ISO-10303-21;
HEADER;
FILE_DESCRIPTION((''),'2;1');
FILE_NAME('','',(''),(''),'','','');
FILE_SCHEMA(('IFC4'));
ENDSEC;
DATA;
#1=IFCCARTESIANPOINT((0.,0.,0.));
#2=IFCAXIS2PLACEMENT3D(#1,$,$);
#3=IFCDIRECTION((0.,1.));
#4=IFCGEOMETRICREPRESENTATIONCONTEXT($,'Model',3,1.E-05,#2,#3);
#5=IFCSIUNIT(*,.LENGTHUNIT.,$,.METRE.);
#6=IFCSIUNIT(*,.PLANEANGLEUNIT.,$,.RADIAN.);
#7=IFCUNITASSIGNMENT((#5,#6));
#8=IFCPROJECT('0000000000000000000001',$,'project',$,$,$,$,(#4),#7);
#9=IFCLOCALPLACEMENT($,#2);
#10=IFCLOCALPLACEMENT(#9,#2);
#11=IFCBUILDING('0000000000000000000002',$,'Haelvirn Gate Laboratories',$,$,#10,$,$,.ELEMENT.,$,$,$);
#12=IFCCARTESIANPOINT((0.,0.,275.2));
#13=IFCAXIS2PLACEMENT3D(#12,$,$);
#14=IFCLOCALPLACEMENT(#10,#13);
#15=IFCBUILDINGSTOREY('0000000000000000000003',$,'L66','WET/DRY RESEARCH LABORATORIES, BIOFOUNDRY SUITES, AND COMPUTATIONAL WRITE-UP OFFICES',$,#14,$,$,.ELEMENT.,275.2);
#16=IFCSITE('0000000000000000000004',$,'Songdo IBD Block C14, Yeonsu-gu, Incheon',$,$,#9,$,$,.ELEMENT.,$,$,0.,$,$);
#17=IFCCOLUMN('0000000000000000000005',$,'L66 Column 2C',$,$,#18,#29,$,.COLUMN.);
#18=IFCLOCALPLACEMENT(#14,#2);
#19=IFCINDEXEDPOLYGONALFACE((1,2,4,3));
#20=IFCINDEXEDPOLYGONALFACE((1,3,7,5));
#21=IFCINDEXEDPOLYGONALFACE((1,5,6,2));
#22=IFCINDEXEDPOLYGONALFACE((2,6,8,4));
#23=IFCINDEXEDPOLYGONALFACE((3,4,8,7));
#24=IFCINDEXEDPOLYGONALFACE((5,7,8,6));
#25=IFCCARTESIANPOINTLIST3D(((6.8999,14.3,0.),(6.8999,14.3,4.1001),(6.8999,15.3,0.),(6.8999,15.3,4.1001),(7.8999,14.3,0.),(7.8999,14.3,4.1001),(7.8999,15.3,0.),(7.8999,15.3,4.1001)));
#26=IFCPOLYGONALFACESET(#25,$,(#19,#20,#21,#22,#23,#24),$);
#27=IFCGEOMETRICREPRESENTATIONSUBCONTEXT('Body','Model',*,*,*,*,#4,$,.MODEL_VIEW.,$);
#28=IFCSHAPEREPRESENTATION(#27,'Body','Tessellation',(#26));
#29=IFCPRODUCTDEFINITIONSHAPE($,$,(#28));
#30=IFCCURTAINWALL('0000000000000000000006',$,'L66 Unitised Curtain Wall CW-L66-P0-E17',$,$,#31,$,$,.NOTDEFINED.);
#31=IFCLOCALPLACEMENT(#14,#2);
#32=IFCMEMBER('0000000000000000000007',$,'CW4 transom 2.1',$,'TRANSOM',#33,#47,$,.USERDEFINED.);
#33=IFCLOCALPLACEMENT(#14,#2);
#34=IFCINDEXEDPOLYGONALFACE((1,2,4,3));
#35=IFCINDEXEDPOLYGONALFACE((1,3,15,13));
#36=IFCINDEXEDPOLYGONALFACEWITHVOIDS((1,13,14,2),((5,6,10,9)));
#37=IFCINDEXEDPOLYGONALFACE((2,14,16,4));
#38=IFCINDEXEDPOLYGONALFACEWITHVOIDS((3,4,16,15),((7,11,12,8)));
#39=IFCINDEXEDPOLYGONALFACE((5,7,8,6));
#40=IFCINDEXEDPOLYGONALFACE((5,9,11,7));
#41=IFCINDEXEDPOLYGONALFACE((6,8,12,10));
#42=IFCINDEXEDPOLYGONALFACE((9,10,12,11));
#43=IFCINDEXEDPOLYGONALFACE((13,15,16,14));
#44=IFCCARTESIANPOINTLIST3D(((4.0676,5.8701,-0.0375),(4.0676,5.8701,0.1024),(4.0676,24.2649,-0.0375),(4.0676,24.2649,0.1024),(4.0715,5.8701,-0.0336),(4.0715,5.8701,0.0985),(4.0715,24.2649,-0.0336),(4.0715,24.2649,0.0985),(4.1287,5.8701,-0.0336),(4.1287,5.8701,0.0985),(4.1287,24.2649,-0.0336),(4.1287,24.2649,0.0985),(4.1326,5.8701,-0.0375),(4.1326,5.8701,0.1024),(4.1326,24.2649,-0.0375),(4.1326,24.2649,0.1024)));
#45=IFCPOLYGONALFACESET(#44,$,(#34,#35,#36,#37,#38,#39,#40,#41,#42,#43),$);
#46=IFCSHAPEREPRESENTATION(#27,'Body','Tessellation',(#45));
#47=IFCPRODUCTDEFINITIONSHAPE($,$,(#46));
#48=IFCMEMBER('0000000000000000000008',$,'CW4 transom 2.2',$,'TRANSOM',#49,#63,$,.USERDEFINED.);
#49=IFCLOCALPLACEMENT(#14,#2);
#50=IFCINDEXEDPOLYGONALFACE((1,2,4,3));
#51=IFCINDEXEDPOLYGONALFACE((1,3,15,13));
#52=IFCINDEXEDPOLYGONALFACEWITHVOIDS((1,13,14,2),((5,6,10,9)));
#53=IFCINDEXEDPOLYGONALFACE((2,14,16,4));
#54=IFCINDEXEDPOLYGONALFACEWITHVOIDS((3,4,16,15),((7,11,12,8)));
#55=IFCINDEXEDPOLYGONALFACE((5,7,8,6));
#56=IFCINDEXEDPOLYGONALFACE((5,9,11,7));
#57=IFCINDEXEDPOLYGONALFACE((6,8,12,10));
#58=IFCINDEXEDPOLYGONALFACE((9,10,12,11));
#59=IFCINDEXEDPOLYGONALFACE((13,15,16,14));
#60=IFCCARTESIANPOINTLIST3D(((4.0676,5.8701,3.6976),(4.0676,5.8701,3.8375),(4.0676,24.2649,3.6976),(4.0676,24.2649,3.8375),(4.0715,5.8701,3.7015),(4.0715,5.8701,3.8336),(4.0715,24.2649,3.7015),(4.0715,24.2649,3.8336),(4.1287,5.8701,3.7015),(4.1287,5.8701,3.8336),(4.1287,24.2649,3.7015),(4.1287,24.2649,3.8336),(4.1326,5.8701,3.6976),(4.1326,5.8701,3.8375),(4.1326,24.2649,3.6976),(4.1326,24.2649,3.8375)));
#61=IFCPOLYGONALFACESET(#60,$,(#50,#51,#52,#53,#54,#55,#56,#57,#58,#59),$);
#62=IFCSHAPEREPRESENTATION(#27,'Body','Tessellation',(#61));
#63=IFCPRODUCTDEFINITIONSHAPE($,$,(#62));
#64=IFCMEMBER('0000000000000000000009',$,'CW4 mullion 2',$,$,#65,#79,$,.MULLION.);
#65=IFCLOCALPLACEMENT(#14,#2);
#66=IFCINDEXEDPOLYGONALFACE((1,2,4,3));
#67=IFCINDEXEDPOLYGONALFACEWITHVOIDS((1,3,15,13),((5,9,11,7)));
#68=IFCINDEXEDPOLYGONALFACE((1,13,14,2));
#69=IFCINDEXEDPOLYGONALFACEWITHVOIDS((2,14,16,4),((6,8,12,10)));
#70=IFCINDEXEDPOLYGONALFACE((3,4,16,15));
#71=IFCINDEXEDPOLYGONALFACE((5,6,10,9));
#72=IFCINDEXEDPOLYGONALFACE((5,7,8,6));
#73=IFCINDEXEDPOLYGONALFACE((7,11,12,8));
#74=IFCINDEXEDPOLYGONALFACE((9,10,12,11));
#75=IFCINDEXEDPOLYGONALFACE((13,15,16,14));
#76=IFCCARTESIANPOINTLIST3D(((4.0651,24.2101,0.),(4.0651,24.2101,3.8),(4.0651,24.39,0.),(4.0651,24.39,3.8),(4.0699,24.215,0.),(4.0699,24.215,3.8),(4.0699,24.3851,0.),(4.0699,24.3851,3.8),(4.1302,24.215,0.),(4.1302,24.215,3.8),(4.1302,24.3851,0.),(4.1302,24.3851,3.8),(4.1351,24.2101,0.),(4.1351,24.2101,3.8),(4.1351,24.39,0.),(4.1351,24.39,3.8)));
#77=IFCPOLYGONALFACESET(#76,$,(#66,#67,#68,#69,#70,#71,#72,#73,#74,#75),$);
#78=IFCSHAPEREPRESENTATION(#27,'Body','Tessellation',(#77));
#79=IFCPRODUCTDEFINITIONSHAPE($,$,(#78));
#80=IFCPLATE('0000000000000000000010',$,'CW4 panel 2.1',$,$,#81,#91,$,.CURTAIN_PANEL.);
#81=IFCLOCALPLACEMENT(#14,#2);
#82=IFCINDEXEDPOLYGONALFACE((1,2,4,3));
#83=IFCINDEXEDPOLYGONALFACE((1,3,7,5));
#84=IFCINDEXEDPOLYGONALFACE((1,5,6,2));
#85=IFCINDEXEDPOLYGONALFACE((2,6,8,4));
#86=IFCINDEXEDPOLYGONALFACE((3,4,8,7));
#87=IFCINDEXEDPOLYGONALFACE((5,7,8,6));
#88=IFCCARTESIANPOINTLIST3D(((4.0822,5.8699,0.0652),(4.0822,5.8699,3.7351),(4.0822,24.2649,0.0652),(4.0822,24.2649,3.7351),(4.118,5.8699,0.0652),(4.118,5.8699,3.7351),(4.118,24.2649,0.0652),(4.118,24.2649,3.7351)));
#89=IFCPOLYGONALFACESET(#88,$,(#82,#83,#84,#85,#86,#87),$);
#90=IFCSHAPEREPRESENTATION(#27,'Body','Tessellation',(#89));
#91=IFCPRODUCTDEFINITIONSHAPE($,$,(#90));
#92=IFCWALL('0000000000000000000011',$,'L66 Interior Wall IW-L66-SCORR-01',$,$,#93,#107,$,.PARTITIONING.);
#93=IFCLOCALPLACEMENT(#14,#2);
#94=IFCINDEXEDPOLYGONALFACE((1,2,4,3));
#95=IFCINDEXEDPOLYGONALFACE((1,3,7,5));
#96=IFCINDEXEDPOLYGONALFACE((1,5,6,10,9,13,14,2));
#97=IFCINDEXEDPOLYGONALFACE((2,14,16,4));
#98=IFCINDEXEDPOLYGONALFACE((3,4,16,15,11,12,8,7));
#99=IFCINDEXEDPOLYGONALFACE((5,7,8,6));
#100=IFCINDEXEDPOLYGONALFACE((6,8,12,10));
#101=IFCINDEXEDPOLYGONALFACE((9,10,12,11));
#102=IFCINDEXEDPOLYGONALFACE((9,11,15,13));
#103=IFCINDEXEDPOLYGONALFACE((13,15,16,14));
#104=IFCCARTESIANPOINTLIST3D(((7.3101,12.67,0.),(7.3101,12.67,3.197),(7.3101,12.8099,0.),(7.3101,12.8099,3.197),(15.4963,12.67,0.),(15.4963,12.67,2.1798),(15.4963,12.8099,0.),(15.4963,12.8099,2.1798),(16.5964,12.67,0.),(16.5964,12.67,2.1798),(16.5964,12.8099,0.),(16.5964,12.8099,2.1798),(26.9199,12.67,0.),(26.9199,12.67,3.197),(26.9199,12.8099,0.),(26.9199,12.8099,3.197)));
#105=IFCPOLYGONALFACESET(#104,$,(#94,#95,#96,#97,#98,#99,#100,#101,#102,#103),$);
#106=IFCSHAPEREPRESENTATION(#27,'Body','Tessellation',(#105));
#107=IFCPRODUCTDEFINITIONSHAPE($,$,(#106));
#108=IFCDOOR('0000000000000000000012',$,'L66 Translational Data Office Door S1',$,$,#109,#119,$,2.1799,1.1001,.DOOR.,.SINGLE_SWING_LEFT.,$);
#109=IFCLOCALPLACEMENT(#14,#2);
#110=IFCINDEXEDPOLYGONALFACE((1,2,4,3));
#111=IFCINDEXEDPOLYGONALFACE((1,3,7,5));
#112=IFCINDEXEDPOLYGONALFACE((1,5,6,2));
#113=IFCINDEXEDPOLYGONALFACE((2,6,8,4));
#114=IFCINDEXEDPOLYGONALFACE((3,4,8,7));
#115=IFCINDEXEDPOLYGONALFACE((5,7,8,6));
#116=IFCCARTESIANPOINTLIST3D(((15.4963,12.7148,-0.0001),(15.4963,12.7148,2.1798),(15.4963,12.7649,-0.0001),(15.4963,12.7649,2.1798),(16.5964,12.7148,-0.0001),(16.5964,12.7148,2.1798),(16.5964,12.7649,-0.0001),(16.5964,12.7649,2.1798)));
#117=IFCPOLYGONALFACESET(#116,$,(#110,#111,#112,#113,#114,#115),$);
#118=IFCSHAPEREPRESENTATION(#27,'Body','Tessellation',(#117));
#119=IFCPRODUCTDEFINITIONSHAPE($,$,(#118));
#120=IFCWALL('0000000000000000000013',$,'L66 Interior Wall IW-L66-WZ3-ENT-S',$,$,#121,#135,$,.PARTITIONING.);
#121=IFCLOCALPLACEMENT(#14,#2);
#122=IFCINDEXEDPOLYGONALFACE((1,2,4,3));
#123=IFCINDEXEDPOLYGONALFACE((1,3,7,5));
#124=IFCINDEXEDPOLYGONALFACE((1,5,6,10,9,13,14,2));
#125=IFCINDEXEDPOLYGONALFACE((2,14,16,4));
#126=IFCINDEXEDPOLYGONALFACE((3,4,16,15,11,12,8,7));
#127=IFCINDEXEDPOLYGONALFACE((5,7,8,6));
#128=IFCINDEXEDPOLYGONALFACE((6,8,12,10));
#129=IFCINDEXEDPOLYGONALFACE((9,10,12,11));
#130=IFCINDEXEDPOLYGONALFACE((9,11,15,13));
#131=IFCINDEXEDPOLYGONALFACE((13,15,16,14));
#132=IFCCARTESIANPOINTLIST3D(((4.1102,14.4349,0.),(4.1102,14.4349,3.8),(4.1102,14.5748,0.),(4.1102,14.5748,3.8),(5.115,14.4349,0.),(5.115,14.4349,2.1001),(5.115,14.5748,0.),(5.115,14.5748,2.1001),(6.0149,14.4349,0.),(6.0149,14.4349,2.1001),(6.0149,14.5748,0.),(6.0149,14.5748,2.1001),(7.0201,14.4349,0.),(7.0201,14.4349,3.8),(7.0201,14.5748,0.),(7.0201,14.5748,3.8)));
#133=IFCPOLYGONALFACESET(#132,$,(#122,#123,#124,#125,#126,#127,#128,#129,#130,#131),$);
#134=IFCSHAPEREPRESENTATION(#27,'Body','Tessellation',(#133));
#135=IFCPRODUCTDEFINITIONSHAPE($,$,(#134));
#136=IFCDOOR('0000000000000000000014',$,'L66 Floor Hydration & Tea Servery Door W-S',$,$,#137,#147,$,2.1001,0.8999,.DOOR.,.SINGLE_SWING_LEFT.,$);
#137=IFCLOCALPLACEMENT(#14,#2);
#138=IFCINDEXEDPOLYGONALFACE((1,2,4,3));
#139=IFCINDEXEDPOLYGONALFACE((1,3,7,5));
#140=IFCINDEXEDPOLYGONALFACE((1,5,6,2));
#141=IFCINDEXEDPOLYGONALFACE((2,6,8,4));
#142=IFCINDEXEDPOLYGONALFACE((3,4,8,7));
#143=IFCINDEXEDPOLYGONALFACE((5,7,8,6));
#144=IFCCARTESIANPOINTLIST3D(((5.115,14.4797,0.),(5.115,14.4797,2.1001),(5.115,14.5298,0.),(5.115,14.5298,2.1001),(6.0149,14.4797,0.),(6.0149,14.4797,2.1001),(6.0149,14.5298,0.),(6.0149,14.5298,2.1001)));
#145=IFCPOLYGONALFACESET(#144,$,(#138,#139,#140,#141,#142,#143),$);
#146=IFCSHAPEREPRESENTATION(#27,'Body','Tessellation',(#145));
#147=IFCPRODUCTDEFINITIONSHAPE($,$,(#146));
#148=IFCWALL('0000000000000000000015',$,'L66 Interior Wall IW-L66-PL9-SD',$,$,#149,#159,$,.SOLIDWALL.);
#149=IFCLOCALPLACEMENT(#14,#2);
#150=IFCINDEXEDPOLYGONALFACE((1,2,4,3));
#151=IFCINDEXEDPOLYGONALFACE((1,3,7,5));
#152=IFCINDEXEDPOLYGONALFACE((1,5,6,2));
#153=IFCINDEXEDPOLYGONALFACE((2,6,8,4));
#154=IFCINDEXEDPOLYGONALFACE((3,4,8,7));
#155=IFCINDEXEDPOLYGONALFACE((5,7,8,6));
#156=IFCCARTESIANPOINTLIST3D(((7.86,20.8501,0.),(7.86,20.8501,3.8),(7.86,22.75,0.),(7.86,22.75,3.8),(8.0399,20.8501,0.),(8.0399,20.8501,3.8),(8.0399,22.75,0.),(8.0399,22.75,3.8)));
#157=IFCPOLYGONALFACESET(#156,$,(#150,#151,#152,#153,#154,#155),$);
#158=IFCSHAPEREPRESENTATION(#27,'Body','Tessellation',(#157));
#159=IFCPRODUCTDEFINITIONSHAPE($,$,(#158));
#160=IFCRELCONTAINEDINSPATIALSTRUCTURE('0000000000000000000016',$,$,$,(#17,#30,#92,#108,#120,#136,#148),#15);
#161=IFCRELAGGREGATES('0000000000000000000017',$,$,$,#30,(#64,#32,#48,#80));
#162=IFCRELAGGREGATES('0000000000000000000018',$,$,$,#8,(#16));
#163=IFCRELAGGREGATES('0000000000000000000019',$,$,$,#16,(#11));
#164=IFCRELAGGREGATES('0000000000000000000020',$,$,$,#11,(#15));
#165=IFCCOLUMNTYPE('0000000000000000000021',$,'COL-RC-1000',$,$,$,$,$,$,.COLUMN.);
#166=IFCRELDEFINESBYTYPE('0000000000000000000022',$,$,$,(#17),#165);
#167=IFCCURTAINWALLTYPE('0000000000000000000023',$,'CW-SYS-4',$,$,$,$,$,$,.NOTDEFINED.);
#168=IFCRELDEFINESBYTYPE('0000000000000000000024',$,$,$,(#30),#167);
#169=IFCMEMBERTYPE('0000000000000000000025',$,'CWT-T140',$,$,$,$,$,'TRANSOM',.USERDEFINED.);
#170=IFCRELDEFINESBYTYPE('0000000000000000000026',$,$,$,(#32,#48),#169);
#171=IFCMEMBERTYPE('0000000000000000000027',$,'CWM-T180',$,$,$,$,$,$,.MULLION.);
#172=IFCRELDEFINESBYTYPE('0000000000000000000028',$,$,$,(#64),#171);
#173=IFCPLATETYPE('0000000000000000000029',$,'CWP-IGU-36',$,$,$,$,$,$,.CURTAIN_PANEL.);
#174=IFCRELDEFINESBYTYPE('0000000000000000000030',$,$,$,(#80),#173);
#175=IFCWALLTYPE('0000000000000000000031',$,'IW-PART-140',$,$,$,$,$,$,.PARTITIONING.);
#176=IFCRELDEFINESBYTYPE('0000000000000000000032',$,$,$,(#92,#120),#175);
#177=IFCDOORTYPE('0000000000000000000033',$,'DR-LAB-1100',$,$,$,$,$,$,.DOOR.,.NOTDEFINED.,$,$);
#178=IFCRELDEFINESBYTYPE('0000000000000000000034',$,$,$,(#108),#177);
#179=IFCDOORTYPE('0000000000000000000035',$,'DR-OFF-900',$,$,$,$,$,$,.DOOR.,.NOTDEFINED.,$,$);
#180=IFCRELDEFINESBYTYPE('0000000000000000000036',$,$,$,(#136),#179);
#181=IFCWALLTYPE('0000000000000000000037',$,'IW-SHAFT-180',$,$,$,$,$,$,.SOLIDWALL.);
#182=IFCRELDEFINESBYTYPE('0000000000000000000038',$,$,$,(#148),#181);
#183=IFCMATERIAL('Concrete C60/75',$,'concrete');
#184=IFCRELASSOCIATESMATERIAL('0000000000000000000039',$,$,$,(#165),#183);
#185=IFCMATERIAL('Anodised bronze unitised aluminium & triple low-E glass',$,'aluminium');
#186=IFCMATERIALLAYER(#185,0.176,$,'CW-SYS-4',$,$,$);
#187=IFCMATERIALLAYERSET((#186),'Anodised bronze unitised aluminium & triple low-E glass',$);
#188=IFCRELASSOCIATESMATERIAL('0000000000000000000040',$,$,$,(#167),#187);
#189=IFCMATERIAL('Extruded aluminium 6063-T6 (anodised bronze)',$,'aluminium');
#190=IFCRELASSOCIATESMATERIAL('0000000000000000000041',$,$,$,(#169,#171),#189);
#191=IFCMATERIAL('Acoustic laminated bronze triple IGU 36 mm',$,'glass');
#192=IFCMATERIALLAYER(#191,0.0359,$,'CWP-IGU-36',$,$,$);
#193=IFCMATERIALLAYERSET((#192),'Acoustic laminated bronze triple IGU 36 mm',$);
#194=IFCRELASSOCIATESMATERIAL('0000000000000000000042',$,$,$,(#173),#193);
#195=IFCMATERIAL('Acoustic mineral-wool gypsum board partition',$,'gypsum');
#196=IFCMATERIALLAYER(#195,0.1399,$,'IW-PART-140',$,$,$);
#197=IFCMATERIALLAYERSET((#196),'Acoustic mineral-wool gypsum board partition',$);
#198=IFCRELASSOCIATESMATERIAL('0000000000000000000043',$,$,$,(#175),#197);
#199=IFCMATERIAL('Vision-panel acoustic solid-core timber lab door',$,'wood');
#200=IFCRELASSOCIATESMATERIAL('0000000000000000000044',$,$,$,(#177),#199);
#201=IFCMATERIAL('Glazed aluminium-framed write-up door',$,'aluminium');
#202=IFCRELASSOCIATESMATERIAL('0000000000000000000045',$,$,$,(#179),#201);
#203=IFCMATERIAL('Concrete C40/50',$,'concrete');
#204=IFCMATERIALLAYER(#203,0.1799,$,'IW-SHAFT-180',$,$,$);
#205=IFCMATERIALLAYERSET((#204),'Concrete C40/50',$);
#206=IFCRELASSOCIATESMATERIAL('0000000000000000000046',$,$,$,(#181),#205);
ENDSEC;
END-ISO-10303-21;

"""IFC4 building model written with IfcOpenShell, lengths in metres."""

from ifc_helpers import new_model, si_unit, direction, frame, frame_2d, origin, origin_2d, place, context, subcontext, project, spatial, rectangle, hollow_rectangle, extrude, source, transform, mapped, material, layer, layer_set, material_profile, profile_set, type_object, type_shapes, element, fill, aggregate, save


model = new_model("IFC4")

# Units and contexts
model_context = context("Model", 3, precision=1e-05, world=origin(), true_north=direction((0.0, 1.0)))
body_context = subcontext(model_context, "Body", "Model", "MODEL_VIEW")
ifc_project = project(units=[si_unit("LENGTHUNIT", "METRE"), si_unit("PLANEANGLEUNIT", "RADIAN")], contexts=[model_context])

# Site, building, storey
site_placement = place(None, origin())
site = spatial("IfcSite", under=ifc_project, at=site_placement, Name="Songdo IBD Block C14, Yeonsu-gu, Incheon", CompositionType="ELEMENT", RefElevation=0.0)
building_placement = place(site_placement, origin())
building = spatial("IfcBuilding", under=site, at=building_placement, Name="Haelvirn Gate Laboratories", CompositionType="ELEMENT")
storey_placement = place(building_placement, frame((0.0, 0.0, 275.2)))
storey = spatial("IfcBuildingStorey", under=building, at=storey_placement, Name="L66", Description="WET/DRY RESEARCH LABORATORIES, BIOFOUNDRY SUITES, AND COMPUTATIONAL WRITE-UP OFFICES", CompositionType="ELEMENT", Elevation=275.2)

# Column
ifc_material_1 = material(Name="Concrete C60/75", Category="concrete")
ifc_material_profile_1 = material_profile(ifc_material_1, rectangle(XDim=1.0, YDim=1.0, at=origin_2d()), Name="RC-1000x1000")
ifc_profile_set_1 = profile_set([ifc_material_profile_1], Name="Concrete C60/75")
column_type = type_object("IfcColumnType", Name="COL-RC-1000", PredefinedType="COLUMN", material=ifc_profile_set_1)
shared_shape_1 = source(origin(), body_context, "Body", "SweptSolid", [
    extrude(rectangle(XDim=1.0, YDim=1.0, at=origin_2d()), origin(), (0.0, 0.0, 1.0), 4.1001),
])
type_shapes(column_type, [shared_shape_1])
column_placement = place(storey_placement, frame((7.3999, 14.8, 0.0), z_axis=(0.0, 0.0, 1.0), x_axis=(1.0, 0.0, 0.0)))
element("IfcColumn", 1, at=column_placement, inside=storey, type_object=column_type, Name="L66 Column 2C", PredefinedType="COLUMN", context=body_context, shape_type="MappedRepresentation", body=[
    mapped(shared_shape_1, transform((0.0, 0.0, 0.0), scale=1.0)),
])

# Curtain wall, members, plate
ifc_material_2 = material(Name="Anodised bronze unitised aluminium & triple low-E glass", Category="aluminium")
ifc_layer_1 = layer(ifc_material_2, 0.176, Name="CW-SYS-4")
ifc_layer_set_1 = layer_set([ifc_layer_1], Name="Anodised bronze unitised aluminium & triple low-E glass")
curtain_wall_type = type_object("IfcCurtainWallType", Name="CW-SYS-4", PredefinedType="NOTDEFINED", material=ifc_layer_set_1)
curtain_wall_placement = place(storey_placement, origin())
curtain_wall = element("IfcCurtainWall", 2, at=curtain_wall_placement, inside=storey, type_object=curtain_wall_type, Name="L66 Unitised Curtain Wall CW-L66-P0-E17", PredefinedType="NOTDEFINED")
ifc_material_3 = material(Name="Extruded aluminium 6063-T6 (anodised bronze)", Category="aluminium")
ifc_material_profile_2 = material_profile(ifc_material_3, hollow_rectangle(XDim=0.0649, YDim=0.1399, WallThickness=0.0039, at=origin_2d()), Name="CWT-140x65x4")
ifc_profile_set_2 = profile_set([ifc_material_profile_2], Name="Extruded aluminium 6063-T6 (anodised bronze)")
member_type_1 = type_object("IfcMemberType", Name="CWT-T140", ElementType="TRANSOM", PredefinedType="USERDEFINED", material=ifc_profile_set_2)
shared_shape_2 = source(origin(), body_context, "Body", "SweptSolid", [
    extrude(hollow_rectangle(XDim=0.0649, YDim=0.1399, WallThickness=0.0039, at=origin_2d()), origin(), (0.0, 0.0, 1.0), 18.3948),
])
type_shapes(member_type_1, [shared_shape_2])
member_1_placement = place(storey_placement, frame((4.1001, 24.2649, 0.0325), z_axis=(0.0, -1.0, 0.0), x_axis=(1.0, 0.0, 0.0)))
member_1 = element("IfcMember", 3, at=member_1_placement, type_object=member_type_1, Name="CW4 transom 2.1", ObjectType="TRANSOM", PredefinedType="USERDEFINED", context=body_context, shape_type="MappedRepresentation", body=[
    mapped(shared_shape_2, transform((0.0, 0.0, 0.0), scale=1.0)),
])
member_2_placement = place(storey_placement, frame((4.1001, 24.2649, 3.7676), z_axis=(0.0, -1.0, 0.0), x_axis=(1.0, 0.0, 0.0)))
member_2 = element("IfcMember", 4, at=member_2_placement, type_object=member_type_1, Name="CW4 transom 2.2", ObjectType="TRANSOM", PredefinedType="USERDEFINED", context=body_context, shape_type="MappedRepresentation", body=[
    mapped(shared_shape_2, transform((0.0, 0.0, 0.0), scale=1.0)),
])
ifc_material_profile_3 = material_profile(ifc_material_3, hollow_rectangle(XDim=0.0701, YDim=0.1799, WallThickness=0.0049, at=origin_2d()), Name="CWM-180x70x5")
ifc_profile_set_3 = profile_set([ifc_material_profile_3], Name="Extruded aluminium 6063-T6 (anodised bronze)")
member_type_2 = type_object("IfcMemberType", Name="CWM-T180", PredefinedType="MULLION", material=ifc_profile_set_3)
shared_shape_3 = source(origin(), body_context, "Body", "SweptSolid", [
    extrude(hollow_rectangle(XDim=0.0701, YDim=0.1799, WallThickness=0.0049, at=origin_2d()), origin(), (0.0, 0.0, 1.0), 3.8),
])
type_shapes(member_type_2, [shared_shape_3])
member_3_placement = place(storey_placement, frame((4.1001, 24.3, 0.0), z_axis=(0.0, 0.0, 1.0), x_axis=(1.0, 0.0, 0.0)))
member_3 = element("IfcMember", 5, at=member_3_placement, type_object=member_type_2, Name="CW4 mullion 2", PredefinedType="MULLION", context=body_context, shape_type="MappedRepresentation", body=[
    mapped(shared_shape_3, transform((0.0, 0.0, 0.0), scale=1.0)),
])
ifc_material_4 = material(Name="Acoustic laminated bronze triple IGU 36 mm", Category="glass")
ifc_layer_2 = layer(ifc_material_4, 0.0359, Name="CWP-IGU-36")
ifc_layer_set_2 = layer_set([ifc_layer_2], Name="Acoustic laminated bronze triple IGU 36 mm")
plate_type = type_object("IfcPlateType", Name="CWP-IGU-36", PredefinedType="CURTAIN_PANEL", material=ifc_layer_set_2)
shared_shape_4 = source(origin(), body_context, "Body", "SweptSolid", [
    extrude(rectangle(XDim=18.395, YDim=0.0359, at=origin_2d()), origin(), (0.0, 0.0, 1.0), 3.6699),
])
type_shapes(plate_type, [shared_shape_4])
plate_placement = place(storey_placement, frame((4.1001, 15.0674, 0.0652), z_axis=(0.0, 0.0, 1.0), x_axis=(0.0, -1.0, 0.0)))
plate = element("IfcPlate", 6, at=plate_placement, type_object=plate_type, Name="CW4 panel 2.1", PredefinedType="CURTAIN_PANEL", context=body_context, shape_type="MappedRepresentation", body=[
    mapped(shared_shape_4, transform((0.0, 0.0, 0.0), scale=1.0)),
])
aggregate(curtain_wall, [member_3, member_1, member_2, plate])

# Walls, openings, doors
ifc_material_5 = material(Name="Acoustic mineral-wool gypsum board partition", Category="gypsum")
ifc_layer_3 = layer(ifc_material_5, 0.1399, Name="IW-PART-140")
ifc_layer_set_3 = layer_set([ifc_layer_3], Name="Acoustic mineral-wool gypsum board partition")
wall_type_1 = type_object("IfcWallType", Name="IW-PART-140", PredefinedType="PARTITIONING", material=ifc_layer_set_3)
wall_1_placement = place(storey_placement, frame((7.3101, 12.74, 0.0), z_axis=(0.0, 0.0, 1.0), x_axis=(1.0, 0.0, 0.0)))
wall_1 = element("IfcWall", 7, at=wall_1_placement, inside=storey, type_object=wall_type_1, Name="L66 Interior Wall IW-L66-SCORR-01", PredefinedType="PARTITIONING", context=body_context, shape_type="SweptSolid", body=[
    extrude(rectangle(XDim=19.6099, YDim=0.1399, at=frame_2d((9.8049, 0.0))), origin(), (0.0, 0.0, 1.0), 3.197),
])
opening_1_placement = place(wall_1_placement, frame((8.1863, 0.0, 0.0)))
opening_1 = element("IfcOpeningElement", 8, at=opening_1_placement, cuts=wall_1, PredefinedType="OPENING", context=body_context, shape_type="SweptSolid", body=[
    extrude(rectangle(XDim=1.1001, YDim=2.1799, at=frame_2d((0.55, 1.0898))), frame((0.0, 0.0801, 0.0), z_axis=(0.0, -1.0, 0.0), x_axis=(1.0, 0.0, 0.0)), (0.0, 0.0, 1.0), 0.1599),
])
ifc_material_6 = material(Name="Vision-panel acoustic solid-core timber lab door", Category="wood")
door_type_1 = type_object("IfcDoorType", Name="DR-LAB-1100", OperationType="NOTDEFINED", PredefinedType="DOOR", material=ifc_material_6)
shared_shape_5 = source(origin(), body_context, "Body", "SweptSolid", [
    extrude(rectangle(XDim=1.1001, YDim=2.1799, at=frame_2d((0.55, 1.0898))), frame((0.0, 0.0249, 0.0), z_axis=(0.0, -1.0, 0.0), x_axis=(1.0, 0.0, 0.0)), (0.0, 0.0, 1.0), 0.05),
])
type_shapes(door_type_1, [shared_shape_5])
door_1_placement = place(opening_1_placement, origin())
door_1 = element("IfcDoor", 9, at=door_1_placement, inside=storey, type_object=door_type_1, Name="L66 Translational Data Office Door S1", OperationType="SINGLE_SWING_LEFT", OverallHeight=2.1799, OverallWidth=1.1001, PredefinedType="DOOR", context=body_context, shape_type="MappedRepresentation", body=[
    mapped(shared_shape_5, transform((0.0, 0.0, 0.0), scale=1.0)),
])
fill(opening_1, door_1)
wall_2_placement = place(storey_placement, frame((4.1101, 14.5049, 0.0), z_axis=(0.0, 0.0, 1.0), x_axis=(1.0, 0.0, 0.0)))
wall_2 = element("IfcWall", 10, at=wall_2_placement, inside=storey, type_object=wall_type_1, Name="L66 Interior Wall IW-L66-WZ3-ENT-S", PredefinedType="PARTITIONING", context=body_context, shape_type="SweptSolid", body=[
    extrude(rectangle(XDim=2.9099, YDim=0.1399, at=frame_2d((1.4551, 0.0))), origin(), (0.0, 0.0, 1.0), 3.8),
])
opening_2_placement = place(wall_2_placement, frame((1.0049, 0.0, 0.0)))
opening_2 = element("IfcOpeningElement", 11, at=opening_2_placement, cuts=wall_2, PredefinedType="OPENING", context=body_context, shape_type="SweptSolid", body=[
    extrude(rectangle(XDim=0.8999, YDim=2.1001, at=frame_2d((0.45, 1.05))), frame((0.0, 0.0801, 0.0), z_axis=(0.0, -1.0, 0.0), x_axis=(1.0, 0.0, 0.0)), (0.0, 0.0, 1.0), 0.1599),
])
ifc_material_7 = material(Name="Glazed aluminium-framed write-up door", Category="aluminium")
door_type_2 = type_object("IfcDoorType", Name="DR-OFF-900", OperationType="NOTDEFINED", PredefinedType="DOOR", material=ifc_material_7)
shared_shape_6 = source(origin(), body_context, "Body", "SweptSolid", [
    extrude(rectangle(XDim=0.8999, YDim=2.1001, at=frame_2d((0.45, 1.05))), frame((0.0, 0.0249, 0.0), z_axis=(0.0, -1.0, 0.0), x_axis=(1.0, 0.0, 0.0)), (0.0, 0.0, 1.0), 0.05),
])
type_shapes(door_type_2, [shared_shape_6])
door_2_placement = place(opening_2_placement, origin())
door_2 = element("IfcDoor", 12, at=door_2_placement, inside=storey, type_object=door_type_2, Name="L66 Floor Hydration & Tea Servery Door W-S", OperationType="SINGLE_SWING_LEFT", OverallHeight=2.1001, OverallWidth=0.8999, PredefinedType="DOOR", context=body_context, shape_type="MappedRepresentation", body=[
    mapped(shared_shape_6, transform((0.0, 0.0, 0.0), scale=1.0)),
])
fill(opening_2, door_2)

# Wall
ifc_material_8 = material(Name="Concrete C40/50", Category="concrete")
ifc_layer_4 = layer(ifc_material_8, 0.1799, Name="IW-SHAFT-180")
ifc_layer_set_4 = layer_set([ifc_layer_4], Name="Concrete C40/50")
wall_type_2 = type_object("IfcWallType", Name="IW-SHAFT-180", PredefinedType="SOLIDWALL", material=ifc_layer_set_4)
for number, where, z_axis, x_axis, name in (
    (13, (7.95, 20.8501, 0.0), (0.0, 0.0, 1.0), (0.0, 1.0, 0.0), "L66 Interior Wall IW-L66-PL9-SD"),
):
    element("IfcWall", number, at=place(storey_placement, frame(where, z_axis=z_axis, x_axis=x_axis)), inside=storey, type_object=wall_type_2, Name=name, PredefinedType="SOLIDWALL", context=body_context, shape_type="SweptSolid", body=[
        extrude(rectangle(XDim=1.8999, YDim=0.1799, at=frame_2d((0.95, 0.0))), origin(), (0.0, 0.0, 1.0), 3.8),
    ])

save(model, "model.ifc")
